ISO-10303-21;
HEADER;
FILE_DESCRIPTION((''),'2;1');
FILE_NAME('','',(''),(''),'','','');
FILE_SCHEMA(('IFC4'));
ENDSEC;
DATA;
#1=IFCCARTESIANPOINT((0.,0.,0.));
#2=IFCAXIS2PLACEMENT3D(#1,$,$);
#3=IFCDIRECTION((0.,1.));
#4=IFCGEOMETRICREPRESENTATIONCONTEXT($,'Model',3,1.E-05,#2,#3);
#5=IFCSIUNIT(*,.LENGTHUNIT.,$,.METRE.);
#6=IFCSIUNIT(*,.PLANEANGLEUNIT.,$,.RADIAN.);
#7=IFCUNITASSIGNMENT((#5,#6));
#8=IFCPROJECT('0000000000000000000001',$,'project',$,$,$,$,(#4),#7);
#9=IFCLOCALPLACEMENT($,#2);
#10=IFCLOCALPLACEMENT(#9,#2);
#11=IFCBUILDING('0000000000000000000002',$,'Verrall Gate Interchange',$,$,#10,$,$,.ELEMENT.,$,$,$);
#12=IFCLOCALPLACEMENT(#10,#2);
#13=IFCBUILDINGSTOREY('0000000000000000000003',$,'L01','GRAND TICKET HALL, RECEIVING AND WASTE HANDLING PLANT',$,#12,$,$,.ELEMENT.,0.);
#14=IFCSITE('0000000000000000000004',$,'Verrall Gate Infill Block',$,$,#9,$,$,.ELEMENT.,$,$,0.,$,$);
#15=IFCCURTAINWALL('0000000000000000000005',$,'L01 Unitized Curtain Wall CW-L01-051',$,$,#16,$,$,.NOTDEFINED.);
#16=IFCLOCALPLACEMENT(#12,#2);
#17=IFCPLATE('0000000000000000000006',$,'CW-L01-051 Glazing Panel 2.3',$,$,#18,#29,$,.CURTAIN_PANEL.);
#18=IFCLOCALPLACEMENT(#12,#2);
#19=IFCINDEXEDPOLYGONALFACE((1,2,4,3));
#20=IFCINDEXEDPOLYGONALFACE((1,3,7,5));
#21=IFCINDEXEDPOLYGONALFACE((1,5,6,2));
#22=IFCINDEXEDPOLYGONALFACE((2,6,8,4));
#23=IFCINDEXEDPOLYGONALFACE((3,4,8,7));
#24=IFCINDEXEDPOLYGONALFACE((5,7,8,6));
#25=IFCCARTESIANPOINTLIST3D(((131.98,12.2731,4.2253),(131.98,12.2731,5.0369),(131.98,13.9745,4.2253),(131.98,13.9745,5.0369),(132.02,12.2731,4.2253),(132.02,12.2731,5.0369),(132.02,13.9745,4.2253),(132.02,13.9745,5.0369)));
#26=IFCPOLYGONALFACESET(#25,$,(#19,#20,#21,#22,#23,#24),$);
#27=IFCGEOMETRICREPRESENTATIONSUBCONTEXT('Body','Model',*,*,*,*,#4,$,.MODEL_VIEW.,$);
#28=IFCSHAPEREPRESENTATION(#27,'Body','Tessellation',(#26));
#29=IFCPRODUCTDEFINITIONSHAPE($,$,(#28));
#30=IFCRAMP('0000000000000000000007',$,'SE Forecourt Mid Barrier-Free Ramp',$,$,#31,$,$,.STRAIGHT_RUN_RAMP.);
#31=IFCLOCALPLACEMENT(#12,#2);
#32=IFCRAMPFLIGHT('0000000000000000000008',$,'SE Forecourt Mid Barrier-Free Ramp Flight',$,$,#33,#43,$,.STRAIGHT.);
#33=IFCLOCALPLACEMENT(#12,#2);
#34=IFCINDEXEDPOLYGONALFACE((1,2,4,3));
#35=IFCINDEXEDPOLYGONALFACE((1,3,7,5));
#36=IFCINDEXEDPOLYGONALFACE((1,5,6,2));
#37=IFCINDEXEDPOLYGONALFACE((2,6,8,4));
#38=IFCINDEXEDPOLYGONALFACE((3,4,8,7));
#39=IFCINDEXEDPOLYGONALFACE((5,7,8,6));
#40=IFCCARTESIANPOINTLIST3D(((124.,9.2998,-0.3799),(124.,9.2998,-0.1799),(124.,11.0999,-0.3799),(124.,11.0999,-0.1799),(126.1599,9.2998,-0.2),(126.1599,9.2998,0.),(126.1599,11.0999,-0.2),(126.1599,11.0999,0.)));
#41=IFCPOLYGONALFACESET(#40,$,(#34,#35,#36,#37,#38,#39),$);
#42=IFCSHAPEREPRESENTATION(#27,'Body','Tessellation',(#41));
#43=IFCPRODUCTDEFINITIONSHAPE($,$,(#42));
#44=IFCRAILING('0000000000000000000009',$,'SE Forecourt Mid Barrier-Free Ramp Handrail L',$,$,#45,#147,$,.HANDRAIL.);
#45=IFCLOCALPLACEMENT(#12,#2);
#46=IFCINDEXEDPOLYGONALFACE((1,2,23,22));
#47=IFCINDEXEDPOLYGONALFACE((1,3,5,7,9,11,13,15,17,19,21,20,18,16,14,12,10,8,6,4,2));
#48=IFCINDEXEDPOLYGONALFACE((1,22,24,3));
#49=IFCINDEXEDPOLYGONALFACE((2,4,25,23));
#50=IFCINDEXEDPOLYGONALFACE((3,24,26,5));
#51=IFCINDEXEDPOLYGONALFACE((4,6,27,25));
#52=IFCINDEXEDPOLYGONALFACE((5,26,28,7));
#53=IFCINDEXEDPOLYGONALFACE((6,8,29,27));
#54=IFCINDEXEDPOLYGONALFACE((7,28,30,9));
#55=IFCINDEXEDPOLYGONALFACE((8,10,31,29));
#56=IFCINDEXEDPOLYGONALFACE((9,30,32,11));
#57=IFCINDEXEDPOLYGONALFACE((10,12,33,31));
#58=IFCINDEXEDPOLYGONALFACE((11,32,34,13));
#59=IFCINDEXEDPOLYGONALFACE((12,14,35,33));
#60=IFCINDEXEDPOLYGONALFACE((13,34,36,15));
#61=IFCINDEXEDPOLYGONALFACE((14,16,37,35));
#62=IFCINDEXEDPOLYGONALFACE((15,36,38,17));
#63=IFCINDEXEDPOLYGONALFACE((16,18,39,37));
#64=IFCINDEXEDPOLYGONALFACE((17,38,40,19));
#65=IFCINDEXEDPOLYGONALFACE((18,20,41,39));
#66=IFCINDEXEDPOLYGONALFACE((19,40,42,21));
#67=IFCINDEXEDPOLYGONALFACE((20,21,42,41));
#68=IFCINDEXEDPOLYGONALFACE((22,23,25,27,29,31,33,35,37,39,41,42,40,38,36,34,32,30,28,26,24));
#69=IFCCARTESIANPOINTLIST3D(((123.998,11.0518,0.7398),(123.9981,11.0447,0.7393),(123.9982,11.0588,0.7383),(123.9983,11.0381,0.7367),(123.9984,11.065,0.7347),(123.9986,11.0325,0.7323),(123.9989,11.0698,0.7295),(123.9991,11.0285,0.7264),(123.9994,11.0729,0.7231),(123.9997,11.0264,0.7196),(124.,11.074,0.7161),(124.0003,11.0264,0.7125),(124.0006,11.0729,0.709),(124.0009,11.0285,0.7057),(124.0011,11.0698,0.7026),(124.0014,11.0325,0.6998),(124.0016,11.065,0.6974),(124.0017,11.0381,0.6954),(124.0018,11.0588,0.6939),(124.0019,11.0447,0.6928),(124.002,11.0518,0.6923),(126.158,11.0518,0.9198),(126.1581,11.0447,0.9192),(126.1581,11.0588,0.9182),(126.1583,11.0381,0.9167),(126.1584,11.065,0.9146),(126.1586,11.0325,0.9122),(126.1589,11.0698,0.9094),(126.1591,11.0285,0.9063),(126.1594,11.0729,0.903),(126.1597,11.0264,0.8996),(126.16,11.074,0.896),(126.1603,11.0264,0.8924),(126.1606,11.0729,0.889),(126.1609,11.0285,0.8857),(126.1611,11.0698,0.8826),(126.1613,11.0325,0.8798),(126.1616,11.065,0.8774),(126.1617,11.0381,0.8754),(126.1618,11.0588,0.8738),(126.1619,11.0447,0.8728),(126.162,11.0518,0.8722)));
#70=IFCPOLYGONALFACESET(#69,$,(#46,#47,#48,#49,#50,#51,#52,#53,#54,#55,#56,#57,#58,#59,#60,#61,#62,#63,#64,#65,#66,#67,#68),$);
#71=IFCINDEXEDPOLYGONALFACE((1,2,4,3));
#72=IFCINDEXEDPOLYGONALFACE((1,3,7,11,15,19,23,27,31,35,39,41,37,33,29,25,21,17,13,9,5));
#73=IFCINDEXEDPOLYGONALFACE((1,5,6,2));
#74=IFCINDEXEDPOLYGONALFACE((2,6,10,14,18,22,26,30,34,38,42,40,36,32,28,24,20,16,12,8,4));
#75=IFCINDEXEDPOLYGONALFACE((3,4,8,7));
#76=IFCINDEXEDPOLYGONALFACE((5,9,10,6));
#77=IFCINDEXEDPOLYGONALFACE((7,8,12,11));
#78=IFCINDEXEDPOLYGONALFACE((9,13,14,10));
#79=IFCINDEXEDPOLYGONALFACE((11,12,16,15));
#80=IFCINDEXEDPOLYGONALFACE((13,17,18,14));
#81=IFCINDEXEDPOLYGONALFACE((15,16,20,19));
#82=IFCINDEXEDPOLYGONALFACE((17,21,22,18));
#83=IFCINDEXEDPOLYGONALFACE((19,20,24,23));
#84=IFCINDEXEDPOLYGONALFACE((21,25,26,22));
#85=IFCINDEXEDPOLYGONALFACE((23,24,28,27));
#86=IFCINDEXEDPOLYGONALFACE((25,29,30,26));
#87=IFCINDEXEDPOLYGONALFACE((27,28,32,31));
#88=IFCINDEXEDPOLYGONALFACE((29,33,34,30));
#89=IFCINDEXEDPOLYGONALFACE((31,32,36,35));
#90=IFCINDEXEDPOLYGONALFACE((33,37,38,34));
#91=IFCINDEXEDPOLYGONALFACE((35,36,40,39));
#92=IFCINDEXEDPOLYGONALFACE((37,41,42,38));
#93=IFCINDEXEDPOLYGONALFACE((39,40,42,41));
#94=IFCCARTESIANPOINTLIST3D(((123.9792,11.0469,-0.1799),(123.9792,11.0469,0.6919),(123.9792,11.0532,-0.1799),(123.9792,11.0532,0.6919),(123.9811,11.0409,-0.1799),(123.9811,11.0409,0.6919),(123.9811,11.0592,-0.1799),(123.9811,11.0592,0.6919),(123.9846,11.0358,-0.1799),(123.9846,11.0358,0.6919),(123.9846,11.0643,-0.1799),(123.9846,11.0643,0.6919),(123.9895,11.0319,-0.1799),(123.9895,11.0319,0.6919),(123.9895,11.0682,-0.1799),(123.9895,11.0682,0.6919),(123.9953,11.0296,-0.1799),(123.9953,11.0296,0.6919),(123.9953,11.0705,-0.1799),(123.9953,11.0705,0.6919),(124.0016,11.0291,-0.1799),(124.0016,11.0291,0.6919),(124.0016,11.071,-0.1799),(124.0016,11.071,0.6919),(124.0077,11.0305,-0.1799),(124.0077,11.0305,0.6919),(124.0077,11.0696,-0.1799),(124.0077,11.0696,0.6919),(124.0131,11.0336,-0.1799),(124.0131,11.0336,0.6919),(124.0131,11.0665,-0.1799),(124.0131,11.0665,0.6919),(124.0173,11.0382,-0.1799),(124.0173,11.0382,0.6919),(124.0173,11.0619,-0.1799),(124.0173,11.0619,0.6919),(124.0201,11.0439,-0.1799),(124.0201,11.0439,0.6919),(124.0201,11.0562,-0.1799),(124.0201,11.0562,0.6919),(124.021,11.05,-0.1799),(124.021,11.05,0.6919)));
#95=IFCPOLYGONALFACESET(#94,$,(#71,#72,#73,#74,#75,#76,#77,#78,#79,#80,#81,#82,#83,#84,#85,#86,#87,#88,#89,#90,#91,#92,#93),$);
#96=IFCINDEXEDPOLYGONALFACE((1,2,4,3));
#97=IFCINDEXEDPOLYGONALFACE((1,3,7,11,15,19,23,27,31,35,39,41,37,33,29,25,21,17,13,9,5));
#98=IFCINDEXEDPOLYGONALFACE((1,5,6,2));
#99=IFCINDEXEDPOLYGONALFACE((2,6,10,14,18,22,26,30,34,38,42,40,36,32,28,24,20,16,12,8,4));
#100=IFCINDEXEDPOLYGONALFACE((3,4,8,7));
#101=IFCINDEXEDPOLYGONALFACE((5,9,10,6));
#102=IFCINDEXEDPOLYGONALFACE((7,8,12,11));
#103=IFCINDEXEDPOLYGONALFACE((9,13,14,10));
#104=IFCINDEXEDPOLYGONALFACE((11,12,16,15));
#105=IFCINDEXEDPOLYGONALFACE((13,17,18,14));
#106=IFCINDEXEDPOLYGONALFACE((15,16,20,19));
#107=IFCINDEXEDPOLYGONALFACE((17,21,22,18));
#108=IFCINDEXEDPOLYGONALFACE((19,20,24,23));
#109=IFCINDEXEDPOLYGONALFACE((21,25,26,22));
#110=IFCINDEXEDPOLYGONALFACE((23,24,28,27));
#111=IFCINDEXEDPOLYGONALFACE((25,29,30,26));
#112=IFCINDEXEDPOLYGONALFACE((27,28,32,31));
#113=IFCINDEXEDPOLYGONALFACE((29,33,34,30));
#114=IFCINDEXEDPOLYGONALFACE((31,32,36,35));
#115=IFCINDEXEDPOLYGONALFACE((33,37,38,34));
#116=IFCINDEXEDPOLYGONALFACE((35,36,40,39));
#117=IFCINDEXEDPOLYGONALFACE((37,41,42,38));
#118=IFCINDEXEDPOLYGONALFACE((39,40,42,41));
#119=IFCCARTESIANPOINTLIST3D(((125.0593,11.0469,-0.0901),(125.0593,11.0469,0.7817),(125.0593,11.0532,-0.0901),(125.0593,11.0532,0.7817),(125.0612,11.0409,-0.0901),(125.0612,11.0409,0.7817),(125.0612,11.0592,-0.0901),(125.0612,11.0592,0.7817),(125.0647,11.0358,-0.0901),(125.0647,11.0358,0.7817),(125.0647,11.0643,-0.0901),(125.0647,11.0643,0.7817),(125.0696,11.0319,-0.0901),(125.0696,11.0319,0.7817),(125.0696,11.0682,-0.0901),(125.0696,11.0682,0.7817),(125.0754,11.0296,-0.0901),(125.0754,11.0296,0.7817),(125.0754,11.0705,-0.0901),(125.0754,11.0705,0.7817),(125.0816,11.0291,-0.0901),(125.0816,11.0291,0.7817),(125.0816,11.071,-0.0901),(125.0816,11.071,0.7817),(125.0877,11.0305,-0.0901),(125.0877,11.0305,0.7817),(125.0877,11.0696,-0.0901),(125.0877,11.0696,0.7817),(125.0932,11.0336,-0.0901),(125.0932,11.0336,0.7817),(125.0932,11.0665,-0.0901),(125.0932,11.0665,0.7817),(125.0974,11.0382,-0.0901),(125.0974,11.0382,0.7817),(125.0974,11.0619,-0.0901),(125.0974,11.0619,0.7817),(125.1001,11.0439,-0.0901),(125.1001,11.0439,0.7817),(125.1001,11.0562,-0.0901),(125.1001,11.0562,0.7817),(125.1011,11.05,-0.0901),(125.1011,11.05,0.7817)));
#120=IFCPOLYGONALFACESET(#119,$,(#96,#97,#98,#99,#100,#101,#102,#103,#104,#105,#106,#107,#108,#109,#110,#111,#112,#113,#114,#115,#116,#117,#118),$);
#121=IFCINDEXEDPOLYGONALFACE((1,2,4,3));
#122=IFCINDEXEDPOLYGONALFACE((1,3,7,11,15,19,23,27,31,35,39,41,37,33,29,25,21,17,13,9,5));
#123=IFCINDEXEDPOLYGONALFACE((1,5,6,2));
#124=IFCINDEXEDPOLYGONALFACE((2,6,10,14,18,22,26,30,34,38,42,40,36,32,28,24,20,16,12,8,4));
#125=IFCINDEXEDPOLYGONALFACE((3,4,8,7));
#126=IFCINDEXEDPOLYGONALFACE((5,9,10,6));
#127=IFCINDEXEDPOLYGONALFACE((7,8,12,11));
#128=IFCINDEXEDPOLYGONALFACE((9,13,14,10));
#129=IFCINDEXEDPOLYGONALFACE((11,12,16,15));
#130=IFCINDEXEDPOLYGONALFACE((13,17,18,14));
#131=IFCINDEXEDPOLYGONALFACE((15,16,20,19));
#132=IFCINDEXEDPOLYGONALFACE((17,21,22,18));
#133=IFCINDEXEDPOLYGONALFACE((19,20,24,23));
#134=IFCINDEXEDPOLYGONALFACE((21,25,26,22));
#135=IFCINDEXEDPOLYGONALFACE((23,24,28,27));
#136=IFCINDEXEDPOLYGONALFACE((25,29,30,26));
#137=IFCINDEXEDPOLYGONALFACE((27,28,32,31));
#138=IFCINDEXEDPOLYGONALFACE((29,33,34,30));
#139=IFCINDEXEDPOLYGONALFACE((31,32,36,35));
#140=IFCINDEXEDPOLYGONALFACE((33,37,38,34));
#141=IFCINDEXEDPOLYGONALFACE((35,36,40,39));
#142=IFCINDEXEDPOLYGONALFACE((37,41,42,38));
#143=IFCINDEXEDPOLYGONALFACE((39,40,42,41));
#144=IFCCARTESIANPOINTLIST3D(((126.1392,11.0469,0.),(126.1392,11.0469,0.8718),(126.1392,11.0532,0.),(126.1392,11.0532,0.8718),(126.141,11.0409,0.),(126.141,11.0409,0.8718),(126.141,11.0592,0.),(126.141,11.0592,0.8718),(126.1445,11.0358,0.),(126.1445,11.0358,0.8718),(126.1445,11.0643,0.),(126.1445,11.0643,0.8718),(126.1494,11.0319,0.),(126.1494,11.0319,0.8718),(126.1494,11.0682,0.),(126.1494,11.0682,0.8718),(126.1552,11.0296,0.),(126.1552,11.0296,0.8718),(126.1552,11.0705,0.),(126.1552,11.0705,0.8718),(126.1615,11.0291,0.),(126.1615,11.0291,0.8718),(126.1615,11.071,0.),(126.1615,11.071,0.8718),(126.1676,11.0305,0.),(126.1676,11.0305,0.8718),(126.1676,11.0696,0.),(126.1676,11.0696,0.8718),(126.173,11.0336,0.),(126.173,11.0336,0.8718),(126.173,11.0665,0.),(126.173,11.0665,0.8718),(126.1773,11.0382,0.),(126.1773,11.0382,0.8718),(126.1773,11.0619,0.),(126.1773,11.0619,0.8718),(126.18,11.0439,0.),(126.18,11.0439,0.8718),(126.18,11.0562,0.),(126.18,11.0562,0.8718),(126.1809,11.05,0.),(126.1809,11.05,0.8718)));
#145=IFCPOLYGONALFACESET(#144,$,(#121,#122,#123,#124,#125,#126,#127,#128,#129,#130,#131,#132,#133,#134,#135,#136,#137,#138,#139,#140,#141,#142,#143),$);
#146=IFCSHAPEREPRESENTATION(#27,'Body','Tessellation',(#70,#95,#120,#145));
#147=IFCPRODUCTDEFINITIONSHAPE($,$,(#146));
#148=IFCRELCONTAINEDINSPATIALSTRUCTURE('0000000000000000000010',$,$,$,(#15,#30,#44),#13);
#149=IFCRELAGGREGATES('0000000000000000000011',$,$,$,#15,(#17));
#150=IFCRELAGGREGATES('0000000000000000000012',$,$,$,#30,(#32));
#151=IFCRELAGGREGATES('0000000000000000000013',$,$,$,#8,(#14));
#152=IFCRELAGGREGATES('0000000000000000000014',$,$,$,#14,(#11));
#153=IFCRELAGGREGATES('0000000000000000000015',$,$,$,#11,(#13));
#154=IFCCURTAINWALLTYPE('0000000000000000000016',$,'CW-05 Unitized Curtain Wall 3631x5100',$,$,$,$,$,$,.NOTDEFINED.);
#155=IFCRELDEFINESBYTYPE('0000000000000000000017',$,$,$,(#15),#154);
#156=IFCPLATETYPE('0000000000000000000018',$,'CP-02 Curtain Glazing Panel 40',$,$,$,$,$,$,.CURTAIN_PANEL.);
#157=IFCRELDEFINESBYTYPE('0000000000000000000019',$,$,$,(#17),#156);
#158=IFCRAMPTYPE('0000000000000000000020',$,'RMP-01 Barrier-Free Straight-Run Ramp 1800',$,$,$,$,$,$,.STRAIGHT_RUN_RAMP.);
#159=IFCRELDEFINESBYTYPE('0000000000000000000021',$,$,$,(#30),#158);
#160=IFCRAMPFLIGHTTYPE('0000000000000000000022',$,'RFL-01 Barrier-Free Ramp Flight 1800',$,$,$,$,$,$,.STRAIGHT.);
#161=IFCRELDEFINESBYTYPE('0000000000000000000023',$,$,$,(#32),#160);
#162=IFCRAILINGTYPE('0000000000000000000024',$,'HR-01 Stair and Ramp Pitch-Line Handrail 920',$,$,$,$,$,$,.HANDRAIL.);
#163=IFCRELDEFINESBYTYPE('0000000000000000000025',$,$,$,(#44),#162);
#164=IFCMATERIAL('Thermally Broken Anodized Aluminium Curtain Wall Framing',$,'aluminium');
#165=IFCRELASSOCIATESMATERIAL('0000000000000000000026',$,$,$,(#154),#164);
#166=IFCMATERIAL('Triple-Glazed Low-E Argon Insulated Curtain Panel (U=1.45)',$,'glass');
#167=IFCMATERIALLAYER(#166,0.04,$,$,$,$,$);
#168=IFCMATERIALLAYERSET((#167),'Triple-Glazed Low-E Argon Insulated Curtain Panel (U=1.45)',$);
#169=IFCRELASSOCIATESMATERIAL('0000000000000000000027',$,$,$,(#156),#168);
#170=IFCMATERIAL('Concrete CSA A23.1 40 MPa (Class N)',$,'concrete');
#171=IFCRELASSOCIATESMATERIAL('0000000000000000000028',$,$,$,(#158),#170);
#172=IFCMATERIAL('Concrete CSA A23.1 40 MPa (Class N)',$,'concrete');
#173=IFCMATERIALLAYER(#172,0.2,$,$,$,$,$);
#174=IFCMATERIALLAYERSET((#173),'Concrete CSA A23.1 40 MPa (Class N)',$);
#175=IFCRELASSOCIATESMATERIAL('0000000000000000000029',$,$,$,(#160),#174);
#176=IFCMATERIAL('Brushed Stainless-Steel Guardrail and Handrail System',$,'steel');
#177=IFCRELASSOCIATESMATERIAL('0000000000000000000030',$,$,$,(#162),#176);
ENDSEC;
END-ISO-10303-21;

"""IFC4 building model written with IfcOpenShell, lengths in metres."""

from ifc_helpers import new_model, si_unit, direction, frame, origin, origin_2d, place, context, subcontext, project, spatial, polyline, rectangle, circle, outline, extrude, material, layer, layer_set, type_object, element, aggregate, save


model = new_model("IFC4")

# Units and contexts
model_context = context("Model", 3, precision=1e-05, world=origin(), true_north=direction((0.0, 1.0)))
body_context = subcontext(model_context, "Body", "Model", "MODEL_VIEW")
ifc_project = project(units=[si_unit("LENGTHUNIT", "METRE"), si_unit("PLANEANGLEUNIT", "RADIAN")], contexts=[model_context])

# Site, building, storey
site_placement = place(None, origin())
site = spatial("IfcSite", under=ifc_project, at=site_placement, Name="Verrall Gate Infill Block", CompositionType="ELEMENT", RefElevation=0.0)
building_placement = place(site_placement, origin())
building = spatial("IfcBuilding", under=site, at=building_placement, Name="Verrall Gate Interchange", CompositionType="ELEMENT")
storey_placement = place(building_placement, origin())
storey = spatial("IfcBuildingStorey", under=building, at=storey_placement, Name="L01", Description="GRAND TICKET HALL, RECEIVING AND WASTE HANDLING PLANT", CompositionType="ELEMENT", Elevation=0.0)

# Curtain wall
ifc_material_1 = material(Name="Thermally Broken Anodized Aluminium Curtain Wall Framing", Category="aluminium")
curtain_wall_type = type_object("IfcCurtainWallType", Name="CW-05 Unitized Curtain Wall 3631x5100", PredefinedType="NOTDEFINED", material=ifc_material_1)
curtain_wall_placement = place(storey_placement, origin())
curtain_wall = element("IfcCurtainWall", 1, at=curtain_wall_placement, inside=storey, type_object=curtain_wall_type, Name="L01 Unitized Curtain Wall CW-L01-051", PredefinedType="NOTDEFINED")

# Plate
ifc_material_2 = material(Name="Triple-Glazed Low-E Argon Insulated Curtain Panel (U=1.45)", Category="glass")
ifc_layer_1 = layer(ifc_material_2, 0.04)
ifc_layer_set_1 = layer_set([ifc_layer_1], Name="Triple-Glazed Low-E Argon Insulated Curtain Panel (U=1.45)")
plate_type = type_object("IfcPlateType", Name="CP-02 Curtain Glazing Panel 40", PredefinedType="CURTAIN_PANEL", material=ifc_layer_set_1)
plate_1_placement = place(storey_placement, frame((132.0, 13.1238, 4.2253), z_axis=(0.0, 0.0, 1.0), x_axis=(0.0, -1.0, 0.0)))
plate_1 = element("IfcPlate", 2, at=plate_1_placement, type_object=plate_type, Name="CW-L01-051 Glazing Panel 2.3", PredefinedType="CURTAIN_PANEL", context=body_context, shape_type="SweptSolid", body=[
    extrude(rectangle(XDim=1.7014, YDim=0.04, at=origin_2d()), origin(), (0.0, 0.0, 1.0), 0.8115),
])
aggregate(curtain_wall, [plate_1])

# Ramp, ramp flight
ifc_material_3 = material(Name="Concrete CSA A23.1 40 MPa (Class N)", Category="concrete")
ramp_type = type_object("IfcRampType", Name="RMP-01 Barrier-Free Straight-Run Ramp 1800", PredefinedType="STRAIGHT_RUN_RAMP", material=ifc_material_3)
ramp_placement = place(storey_placement, origin())
ramp = element("IfcRamp", 3, at=ramp_placement, inside=storey, type_object=ramp_type, Name="SE Forecourt Mid Barrier-Free Ramp", PredefinedType="STRAIGHT_RUN_RAMP")
ifc_material_4 = material(Name="Concrete CSA A23.1 40 MPa (Class N)", Category="concrete")
ifc_layer_2 = layer(ifc_material_4, 0.2)
ifc_layer_set_2 = layer_set([ifc_layer_2], Name="Concrete CSA A23.1 40 MPa (Class N)")
ramp_flight_type = type_object("IfcRampFlightType", Name="RFL-01 Barrier-Free Ramp Flight 1800", PredefinedType="STRAIGHT", material=ifc_layer_set_2)
ramp_flight_placement = place(storey_placement, frame((124.0, 10.2, -0.1799), z_axis=(0.0, 0.0, 1.0), x_axis=(1.0, 0.0, 0.0)))
ramp_flight = element("IfcRampFlight", 4, at=ramp_flight_placement, type_object=ramp_flight_type, Name="SE Forecourt Mid Barrier-Free Ramp Flight", PredefinedType="STRAIGHT", context=body_context, shape_type="SweptSolid", body=[
    extrude(outline(polyline([(0.0, -0.2), (0.0, 0.0), (2.1599, 0.1799), (2.1599, -0.02), (0.0, -0.2)])), frame((0.0, 0.8999, 0.0), z_axis=(0.0, -1.0, 0.0), x_axis=(1.0, 0.0, 0.0)), (0.0, 0.0, 1.0), 1.8),
])
aggregate(ramp, [ramp_flight])

# Railing
ifc_material_5 = material(Name="Brushed Stainless-Steel Guardrail and Handrail System", Category="steel")
railing_type = type_object("IfcRailingType", Name="HR-01 Stair and Ramp Pitch-Line Handrail 920", PredefinedType="HANDRAIL", material=ifc_material_5)
for number, where, name in (
    (5, (124.0, 11.05, -0.1799), "SE Forecourt Mid Barrier-Free Ramp Handrail L"),
):
    element("IfcRailing", number, at=place(storey_placement, frame(where)), inside=storey, type_object=railing_type, Name=name, PredefinedType="HANDRAIL", context=body_context, shape_type="SweptSolid", body=[
        extrude(circle(Radius=0.0239, at=origin_2d()), frame((0.0, 0.0, 0.896), z_axis=(0.996548, 0.0, 0.083018), x_axis=(0.0, 1.0, 0.0)), (0.0, 0.0, 1.0), 2.1675),
        extrude(circle(Radius=0.021, at=origin_2d()), origin(), (0.0, 0.0, 1.0), 0.8718),
        extrude(circle(Radius=0.021, at=origin_2d()), frame((1.0801, 0.0, 0.0898)), (0.0, 0.0, 1.0), 0.8718),
        extrude(circle(Radius=0.021, at=origin_2d()), frame((2.1599, 0.0, 0.1799)), (0.0, 0.0, 1.0), 0.8718),
    ])

save(model, "model.ifc")
